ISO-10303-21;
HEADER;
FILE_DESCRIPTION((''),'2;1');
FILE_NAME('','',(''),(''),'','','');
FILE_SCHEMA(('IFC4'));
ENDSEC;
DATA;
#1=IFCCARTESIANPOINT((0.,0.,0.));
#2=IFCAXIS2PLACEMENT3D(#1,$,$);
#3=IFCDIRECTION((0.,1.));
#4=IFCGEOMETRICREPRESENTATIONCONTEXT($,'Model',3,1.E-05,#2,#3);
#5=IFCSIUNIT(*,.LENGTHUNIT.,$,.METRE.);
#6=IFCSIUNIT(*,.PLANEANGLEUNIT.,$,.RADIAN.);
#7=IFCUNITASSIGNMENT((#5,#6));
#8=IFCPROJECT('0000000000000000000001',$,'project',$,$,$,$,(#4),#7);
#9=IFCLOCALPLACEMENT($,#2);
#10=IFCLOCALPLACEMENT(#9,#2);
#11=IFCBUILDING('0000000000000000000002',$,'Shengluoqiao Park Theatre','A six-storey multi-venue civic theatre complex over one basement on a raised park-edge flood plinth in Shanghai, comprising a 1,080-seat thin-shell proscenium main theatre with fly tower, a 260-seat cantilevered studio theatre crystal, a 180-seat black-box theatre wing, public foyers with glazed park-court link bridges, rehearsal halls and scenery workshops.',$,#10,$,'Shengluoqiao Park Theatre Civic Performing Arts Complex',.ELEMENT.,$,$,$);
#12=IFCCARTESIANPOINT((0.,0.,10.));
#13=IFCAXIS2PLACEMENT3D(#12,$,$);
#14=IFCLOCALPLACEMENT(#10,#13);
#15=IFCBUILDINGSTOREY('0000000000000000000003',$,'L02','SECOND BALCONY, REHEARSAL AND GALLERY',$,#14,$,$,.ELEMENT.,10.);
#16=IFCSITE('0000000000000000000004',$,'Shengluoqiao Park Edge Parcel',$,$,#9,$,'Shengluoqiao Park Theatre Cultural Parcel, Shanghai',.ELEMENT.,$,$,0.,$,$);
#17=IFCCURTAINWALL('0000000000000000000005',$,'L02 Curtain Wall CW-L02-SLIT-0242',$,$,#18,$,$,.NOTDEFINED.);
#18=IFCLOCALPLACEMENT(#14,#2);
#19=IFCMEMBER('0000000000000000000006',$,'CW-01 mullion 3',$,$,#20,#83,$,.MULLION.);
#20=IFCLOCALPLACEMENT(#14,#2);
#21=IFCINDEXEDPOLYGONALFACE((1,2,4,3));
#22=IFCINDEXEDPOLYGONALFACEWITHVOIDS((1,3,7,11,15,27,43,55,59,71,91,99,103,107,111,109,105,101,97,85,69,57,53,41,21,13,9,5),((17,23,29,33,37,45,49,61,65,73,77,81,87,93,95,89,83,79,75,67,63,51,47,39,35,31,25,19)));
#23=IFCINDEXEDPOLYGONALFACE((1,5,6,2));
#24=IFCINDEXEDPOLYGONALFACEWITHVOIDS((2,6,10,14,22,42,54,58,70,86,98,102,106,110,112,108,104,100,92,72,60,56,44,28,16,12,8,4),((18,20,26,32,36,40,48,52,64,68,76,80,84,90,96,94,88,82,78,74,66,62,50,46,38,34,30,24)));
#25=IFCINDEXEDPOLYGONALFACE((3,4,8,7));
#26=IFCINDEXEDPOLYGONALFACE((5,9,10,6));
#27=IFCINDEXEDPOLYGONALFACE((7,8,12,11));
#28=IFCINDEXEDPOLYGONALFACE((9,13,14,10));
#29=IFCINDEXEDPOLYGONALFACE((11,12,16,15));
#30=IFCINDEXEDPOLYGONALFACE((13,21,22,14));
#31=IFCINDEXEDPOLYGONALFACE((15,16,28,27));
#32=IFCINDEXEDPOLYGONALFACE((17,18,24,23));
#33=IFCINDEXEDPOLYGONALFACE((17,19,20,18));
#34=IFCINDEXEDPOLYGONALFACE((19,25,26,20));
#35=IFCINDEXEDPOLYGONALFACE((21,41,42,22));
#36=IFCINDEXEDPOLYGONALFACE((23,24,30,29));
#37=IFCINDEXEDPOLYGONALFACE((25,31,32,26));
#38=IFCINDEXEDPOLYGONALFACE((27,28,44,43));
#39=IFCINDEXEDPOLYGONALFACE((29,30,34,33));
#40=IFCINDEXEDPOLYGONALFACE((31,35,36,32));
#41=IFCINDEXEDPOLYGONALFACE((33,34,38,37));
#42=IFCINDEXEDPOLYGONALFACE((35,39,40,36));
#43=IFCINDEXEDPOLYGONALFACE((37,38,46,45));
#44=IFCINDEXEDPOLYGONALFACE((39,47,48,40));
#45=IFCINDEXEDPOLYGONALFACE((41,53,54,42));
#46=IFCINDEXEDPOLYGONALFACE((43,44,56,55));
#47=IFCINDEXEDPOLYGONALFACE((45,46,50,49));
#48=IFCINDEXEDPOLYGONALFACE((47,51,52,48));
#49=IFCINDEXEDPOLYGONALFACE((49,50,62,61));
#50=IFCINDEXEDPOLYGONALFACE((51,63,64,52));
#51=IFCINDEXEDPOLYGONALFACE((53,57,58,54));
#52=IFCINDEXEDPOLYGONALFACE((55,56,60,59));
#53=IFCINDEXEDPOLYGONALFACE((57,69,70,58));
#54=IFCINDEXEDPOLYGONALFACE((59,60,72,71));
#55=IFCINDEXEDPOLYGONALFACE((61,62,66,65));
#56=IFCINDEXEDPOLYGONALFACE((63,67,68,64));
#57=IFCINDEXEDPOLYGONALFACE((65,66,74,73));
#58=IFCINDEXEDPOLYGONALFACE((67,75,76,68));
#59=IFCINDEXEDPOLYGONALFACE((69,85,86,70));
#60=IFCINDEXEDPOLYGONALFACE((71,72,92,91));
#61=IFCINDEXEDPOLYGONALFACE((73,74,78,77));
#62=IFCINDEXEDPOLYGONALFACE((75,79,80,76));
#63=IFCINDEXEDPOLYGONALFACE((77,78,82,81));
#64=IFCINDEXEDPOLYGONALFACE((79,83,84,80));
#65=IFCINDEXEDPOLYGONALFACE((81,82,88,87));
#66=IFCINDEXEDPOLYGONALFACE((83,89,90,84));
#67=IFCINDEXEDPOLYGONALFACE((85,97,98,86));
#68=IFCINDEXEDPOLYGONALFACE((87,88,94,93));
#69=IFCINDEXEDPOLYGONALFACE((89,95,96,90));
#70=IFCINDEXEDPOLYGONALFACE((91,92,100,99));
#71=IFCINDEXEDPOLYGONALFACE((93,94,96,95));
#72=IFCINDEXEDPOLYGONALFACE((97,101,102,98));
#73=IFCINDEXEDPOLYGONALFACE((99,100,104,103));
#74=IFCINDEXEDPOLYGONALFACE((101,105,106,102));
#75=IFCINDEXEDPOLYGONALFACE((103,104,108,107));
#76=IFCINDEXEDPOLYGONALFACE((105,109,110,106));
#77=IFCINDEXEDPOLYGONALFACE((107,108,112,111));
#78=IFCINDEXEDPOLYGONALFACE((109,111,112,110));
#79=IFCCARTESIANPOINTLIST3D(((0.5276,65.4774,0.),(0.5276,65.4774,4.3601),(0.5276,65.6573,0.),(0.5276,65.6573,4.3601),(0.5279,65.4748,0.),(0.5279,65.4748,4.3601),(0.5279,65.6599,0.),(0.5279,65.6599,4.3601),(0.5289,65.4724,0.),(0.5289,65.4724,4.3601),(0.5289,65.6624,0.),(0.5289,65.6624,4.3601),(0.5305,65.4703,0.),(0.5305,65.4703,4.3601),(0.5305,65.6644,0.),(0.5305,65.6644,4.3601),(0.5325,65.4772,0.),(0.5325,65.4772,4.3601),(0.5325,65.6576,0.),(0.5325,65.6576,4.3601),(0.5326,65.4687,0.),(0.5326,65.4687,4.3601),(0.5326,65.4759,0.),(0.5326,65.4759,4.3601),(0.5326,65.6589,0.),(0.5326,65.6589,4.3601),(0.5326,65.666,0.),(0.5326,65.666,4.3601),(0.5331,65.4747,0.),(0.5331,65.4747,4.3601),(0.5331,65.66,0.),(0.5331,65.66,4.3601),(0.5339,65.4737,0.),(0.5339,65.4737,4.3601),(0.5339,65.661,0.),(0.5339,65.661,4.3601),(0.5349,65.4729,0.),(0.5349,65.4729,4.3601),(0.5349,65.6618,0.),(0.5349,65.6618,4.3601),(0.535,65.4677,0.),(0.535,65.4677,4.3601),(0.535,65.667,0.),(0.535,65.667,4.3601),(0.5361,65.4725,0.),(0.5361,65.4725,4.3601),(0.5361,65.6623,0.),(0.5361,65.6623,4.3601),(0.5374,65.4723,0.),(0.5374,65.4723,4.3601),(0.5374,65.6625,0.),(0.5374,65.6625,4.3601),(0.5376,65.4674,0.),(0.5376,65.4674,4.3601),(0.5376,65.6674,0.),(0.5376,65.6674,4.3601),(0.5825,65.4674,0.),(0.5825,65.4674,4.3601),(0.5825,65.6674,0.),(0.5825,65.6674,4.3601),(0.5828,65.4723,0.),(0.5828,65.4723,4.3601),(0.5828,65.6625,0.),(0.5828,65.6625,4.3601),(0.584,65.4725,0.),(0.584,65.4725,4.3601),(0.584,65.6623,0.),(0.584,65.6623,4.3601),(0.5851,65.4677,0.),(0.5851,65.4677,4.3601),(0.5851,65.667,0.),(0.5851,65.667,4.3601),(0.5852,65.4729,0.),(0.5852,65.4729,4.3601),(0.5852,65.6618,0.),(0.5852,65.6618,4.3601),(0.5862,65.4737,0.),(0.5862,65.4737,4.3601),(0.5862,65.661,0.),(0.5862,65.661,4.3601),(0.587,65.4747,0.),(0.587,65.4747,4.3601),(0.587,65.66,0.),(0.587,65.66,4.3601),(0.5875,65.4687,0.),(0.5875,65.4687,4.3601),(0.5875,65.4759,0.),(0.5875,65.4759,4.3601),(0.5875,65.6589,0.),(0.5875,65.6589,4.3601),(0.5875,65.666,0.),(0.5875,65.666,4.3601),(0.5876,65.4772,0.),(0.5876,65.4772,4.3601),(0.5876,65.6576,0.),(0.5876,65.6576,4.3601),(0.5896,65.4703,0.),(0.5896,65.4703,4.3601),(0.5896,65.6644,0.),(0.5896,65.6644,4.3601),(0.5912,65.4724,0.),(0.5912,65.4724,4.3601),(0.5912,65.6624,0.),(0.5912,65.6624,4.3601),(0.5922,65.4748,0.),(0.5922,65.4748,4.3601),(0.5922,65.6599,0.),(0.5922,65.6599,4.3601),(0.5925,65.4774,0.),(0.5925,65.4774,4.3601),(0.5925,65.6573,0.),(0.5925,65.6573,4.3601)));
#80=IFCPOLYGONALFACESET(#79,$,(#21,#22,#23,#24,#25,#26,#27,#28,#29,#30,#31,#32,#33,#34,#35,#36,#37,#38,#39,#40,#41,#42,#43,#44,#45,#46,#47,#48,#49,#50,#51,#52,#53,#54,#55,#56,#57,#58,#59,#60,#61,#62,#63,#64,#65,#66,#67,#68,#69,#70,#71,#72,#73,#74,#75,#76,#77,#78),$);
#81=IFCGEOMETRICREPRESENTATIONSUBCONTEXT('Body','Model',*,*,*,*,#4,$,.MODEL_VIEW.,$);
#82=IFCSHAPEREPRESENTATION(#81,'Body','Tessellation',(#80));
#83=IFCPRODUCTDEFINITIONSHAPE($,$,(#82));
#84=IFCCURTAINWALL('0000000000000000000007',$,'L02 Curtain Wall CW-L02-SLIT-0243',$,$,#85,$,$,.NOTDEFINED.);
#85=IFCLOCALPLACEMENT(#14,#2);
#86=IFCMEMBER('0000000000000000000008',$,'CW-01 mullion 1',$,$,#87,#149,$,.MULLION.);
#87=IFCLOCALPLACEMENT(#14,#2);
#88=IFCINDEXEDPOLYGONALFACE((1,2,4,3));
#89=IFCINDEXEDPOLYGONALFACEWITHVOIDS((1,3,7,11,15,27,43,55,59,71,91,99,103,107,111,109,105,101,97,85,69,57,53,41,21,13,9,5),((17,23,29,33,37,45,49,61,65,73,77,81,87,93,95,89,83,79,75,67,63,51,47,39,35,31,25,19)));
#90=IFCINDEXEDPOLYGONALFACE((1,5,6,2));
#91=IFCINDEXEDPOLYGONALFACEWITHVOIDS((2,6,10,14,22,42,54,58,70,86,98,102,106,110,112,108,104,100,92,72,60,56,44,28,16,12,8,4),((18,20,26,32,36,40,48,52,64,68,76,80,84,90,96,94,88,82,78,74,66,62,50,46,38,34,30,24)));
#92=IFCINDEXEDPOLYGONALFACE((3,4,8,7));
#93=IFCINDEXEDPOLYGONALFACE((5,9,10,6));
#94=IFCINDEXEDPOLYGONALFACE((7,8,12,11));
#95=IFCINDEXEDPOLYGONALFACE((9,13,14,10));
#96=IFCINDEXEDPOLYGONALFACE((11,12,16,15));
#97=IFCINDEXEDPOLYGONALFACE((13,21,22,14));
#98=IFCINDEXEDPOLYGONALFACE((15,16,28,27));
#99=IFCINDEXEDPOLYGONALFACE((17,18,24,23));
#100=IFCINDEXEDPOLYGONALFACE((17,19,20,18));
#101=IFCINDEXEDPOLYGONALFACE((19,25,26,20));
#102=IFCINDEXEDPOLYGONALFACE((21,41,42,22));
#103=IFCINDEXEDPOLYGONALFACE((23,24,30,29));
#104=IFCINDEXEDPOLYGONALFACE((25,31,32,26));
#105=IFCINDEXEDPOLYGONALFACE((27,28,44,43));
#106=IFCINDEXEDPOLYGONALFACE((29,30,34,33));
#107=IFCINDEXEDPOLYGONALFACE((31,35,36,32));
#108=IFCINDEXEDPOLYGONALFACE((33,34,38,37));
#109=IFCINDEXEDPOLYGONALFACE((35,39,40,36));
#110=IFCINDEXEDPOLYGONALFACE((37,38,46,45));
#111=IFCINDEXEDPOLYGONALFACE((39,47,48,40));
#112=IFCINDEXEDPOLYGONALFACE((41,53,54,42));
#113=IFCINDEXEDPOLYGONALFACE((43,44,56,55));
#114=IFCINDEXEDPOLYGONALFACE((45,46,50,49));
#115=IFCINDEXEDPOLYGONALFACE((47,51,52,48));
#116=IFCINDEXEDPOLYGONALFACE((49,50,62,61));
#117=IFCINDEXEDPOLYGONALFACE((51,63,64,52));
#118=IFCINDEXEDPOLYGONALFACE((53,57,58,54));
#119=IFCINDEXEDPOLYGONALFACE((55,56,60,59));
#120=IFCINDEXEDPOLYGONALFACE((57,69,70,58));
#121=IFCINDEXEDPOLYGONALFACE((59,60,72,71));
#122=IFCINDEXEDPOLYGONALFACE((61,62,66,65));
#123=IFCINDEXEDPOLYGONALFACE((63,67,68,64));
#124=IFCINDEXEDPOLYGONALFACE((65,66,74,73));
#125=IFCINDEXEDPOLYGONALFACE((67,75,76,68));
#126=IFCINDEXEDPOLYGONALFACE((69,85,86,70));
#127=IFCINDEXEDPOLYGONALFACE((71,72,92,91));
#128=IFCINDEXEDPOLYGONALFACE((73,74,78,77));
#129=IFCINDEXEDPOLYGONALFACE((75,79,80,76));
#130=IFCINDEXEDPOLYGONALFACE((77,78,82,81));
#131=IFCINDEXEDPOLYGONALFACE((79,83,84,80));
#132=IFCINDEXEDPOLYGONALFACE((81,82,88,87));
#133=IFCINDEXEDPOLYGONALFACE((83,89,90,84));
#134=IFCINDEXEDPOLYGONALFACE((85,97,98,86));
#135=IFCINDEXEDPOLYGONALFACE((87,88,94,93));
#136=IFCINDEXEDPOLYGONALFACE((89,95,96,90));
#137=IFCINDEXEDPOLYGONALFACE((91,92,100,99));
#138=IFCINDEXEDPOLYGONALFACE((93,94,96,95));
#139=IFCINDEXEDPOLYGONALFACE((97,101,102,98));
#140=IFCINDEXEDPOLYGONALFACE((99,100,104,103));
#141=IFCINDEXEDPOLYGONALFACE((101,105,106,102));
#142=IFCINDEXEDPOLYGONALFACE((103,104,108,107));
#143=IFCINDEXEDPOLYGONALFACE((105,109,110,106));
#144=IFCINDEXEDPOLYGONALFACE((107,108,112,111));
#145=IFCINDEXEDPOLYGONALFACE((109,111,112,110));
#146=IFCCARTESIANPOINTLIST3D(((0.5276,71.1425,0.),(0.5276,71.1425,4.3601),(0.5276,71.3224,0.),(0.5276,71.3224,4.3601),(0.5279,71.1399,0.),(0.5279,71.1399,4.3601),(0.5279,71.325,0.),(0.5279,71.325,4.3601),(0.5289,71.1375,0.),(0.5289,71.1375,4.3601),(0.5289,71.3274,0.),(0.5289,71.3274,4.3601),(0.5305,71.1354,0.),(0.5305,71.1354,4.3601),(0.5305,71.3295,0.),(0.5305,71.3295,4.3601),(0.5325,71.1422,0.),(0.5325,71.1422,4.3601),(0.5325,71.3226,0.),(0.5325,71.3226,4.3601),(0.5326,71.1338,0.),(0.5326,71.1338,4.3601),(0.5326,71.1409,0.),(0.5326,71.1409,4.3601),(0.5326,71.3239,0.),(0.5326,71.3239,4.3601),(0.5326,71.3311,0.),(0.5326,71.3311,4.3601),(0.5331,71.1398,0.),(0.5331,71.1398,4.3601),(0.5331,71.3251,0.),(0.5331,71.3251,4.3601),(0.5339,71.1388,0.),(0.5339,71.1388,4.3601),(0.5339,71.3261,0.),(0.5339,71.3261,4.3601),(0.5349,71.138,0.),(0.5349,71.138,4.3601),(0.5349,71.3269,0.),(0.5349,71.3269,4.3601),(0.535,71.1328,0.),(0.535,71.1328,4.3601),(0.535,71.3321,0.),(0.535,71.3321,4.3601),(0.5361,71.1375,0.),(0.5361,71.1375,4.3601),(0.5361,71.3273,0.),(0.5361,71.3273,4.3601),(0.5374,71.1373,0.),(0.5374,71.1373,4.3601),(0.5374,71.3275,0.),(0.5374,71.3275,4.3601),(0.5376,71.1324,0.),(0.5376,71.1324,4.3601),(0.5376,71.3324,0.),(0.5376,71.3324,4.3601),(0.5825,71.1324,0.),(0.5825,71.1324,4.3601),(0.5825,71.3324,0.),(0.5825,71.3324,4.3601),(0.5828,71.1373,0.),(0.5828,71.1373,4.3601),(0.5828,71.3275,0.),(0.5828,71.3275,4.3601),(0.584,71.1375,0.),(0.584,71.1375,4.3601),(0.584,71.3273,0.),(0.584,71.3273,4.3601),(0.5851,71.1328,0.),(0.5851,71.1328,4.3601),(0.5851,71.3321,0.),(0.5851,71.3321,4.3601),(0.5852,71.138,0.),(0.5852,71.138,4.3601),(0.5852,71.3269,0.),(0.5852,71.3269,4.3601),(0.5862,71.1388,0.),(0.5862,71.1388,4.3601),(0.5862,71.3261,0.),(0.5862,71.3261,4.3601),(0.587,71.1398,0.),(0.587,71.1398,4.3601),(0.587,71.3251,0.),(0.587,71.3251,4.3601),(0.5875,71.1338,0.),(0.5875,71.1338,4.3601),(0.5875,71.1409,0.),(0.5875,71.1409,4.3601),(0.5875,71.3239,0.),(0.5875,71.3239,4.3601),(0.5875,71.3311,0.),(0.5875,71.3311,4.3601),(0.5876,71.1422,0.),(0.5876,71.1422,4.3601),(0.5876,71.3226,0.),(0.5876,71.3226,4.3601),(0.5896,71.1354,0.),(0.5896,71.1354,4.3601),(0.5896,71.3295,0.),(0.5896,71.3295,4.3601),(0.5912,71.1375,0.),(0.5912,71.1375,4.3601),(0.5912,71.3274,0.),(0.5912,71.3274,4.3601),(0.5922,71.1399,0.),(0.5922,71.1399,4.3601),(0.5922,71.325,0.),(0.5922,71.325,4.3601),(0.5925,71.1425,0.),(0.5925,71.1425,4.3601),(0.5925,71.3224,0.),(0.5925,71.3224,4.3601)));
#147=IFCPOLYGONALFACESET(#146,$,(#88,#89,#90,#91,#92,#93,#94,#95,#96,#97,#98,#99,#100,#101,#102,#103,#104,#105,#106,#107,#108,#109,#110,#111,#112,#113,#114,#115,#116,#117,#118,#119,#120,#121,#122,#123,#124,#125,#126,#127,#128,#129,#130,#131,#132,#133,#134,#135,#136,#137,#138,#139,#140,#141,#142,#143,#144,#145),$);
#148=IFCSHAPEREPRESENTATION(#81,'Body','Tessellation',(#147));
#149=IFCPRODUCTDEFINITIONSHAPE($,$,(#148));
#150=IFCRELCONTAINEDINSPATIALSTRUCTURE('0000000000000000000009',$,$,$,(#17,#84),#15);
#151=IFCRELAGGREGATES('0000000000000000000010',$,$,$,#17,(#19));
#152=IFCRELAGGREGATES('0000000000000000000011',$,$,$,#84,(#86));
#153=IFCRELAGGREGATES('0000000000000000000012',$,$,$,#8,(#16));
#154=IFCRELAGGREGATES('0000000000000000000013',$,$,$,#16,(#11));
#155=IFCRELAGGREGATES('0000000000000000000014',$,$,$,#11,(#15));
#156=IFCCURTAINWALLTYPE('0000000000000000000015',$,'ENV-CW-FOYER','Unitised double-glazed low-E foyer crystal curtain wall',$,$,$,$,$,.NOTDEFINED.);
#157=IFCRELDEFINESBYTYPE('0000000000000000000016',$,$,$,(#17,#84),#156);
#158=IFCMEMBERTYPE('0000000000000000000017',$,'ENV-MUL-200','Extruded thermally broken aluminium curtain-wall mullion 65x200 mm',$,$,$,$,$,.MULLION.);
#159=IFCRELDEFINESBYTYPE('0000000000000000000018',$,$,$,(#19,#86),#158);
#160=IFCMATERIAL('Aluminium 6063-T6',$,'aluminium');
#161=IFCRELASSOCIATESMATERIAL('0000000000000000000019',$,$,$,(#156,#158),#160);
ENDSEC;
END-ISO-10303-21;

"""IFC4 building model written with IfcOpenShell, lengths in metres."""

from ifc_helpers import new_model, si_unit, direction, frame, origin, origin_2d, place, context, subcontext, project, spatial, hollow_rectangle, extrude, material, material_profile, profile_set, type_object, element, aggregate, save


model = new_model("IFC4")

# Units and contexts
model_context = context("Model", 3, precision=1e-05, world=origin(), true_north=direction((0.0, 1.0)))
body_context = subcontext(model_context, "Body", "Model", "MODEL_VIEW")
ifc_project = project(units=[si_unit("LENGTHUNIT", "METRE"), si_unit("PLANEANGLEUNIT", "RADIAN")], contexts=[model_context])

# Site, building, storey
site_placement = place(None, origin())
site = spatial("IfcSite", under=ifc_project, at=site_placement, Name="Shengluoqiao Park Edge Parcel", LongName="Shengluoqiao Park Theatre Cultural Parcel, Shanghai", CompositionType="ELEMENT", RefElevation=0.0)
building_placement = place(site_placement, origin())
building = spatial("IfcBuilding", under=site, at=building_placement, Name="Shengluoqiao Park Theatre", Description="A six-storey multi-venue civic theatre complex over one basement on a raised park-edge flood plinth in Shanghai, comprising a 1,080-seat thin-shell proscenium main theatre with fly tower, a 260-seat cantilevered studio theatre crystal, a 180-seat black-box theatre wing, public foyers with glazed park-court link bridges, rehearsal halls and scenery workshops.", LongName="Shengluoqiao Park Theatre Civic Performing Arts Complex", CompositionType="ELEMENT")
storey_placement = place(building_placement, frame((0.0, 0.0, 10.0)))
storey = spatial("IfcBuildingStorey", under=building, at=storey_placement, Name="L02", Description="SECOND BALCONY, REHEARSAL AND GALLERY", CompositionType="ELEMENT", Elevation=10.0)

# Curtain wall, member
ifc_material_1 = material(Name="Aluminium 6063-T6", Category="aluminium")
curtain_wall_type = type_object("IfcCurtainWallType", Name="ENV-CW-FOYER", Description="Unitised double-glazed low-E foyer crystal curtain wall", PredefinedType="NOTDEFINED", material=ifc_material_1)
curtain_wall_1_placement = place(storey_placement, origin())
curtain_wall_1 = element("IfcCurtainWall", 1, at=curtain_wall_1_placement, inside=storey, type_object=curtain_wall_type, Name="L02 Curtain Wall CW-L02-SLIT-0242", PredefinedType="NOTDEFINED")
ifc_material_profile_1 = material_profile(ifc_material_1, hollow_rectangle(XDim=0.0649, YDim=0.2, WallThickness=0.0049, InnerFilletRadius=0.0049, OuterFilletRadius=0.01, at=origin_2d()), Name="ALU MULLION 200x65x5")
ifc_profile_set_1 = profile_set([ifc_material_profile_1], Name="Aluminium 6063-T6")
member_type_1 = type_object("IfcMemberType", Name="ENV-MUL-200", Description="Extruded thermally broken aluminium curtain-wall mullion 65x200 mm", PredefinedType="MULLION", material=ifc_profile_set_1)
member_1_placement = place(storey_placement, frame((0.5601, 65.5674, 0.0), z_axis=(0.0, 0.0, 1.0), x_axis=(-1.0, 0.0, 0.0)))
member_1 = element("IfcMember", 2, at=member_1_placement, type_object=member_type_1, Name="CW-01 mullion 3", PredefinedType="MULLION", context=body_context, shape_type="SweptSolid", body=[
    extrude(hollow_rectangle(XDim=0.0649, YDim=0.2, WallThickness=0.0049, InnerFilletRadius=0.0049, OuterFilletRadius=0.01, at=origin_2d()), origin(), (0.0, 0.0, 1.0), 4.3601),
])

# Curtain wall, member
curtain_wall_2_placement = place(storey_placement, origin())
curtain_wall_2 = element("IfcCurtainWall", 3, at=curtain_wall_2_placement, inside=storey, type_object=curtain_wall_type, Name="L02 Curtain Wall CW-L02-SLIT-0243", PredefinedType="NOTDEFINED")
member_2_placement = place(storey_placement, frame((0.5601, 71.2324, 0.0), z_axis=(0.0, 0.0, 1.0), x_axis=(-1.0, 0.0, 0.0)))
member_2 = element("IfcMember", 4, at=member_2_placement, type_object=member_type_1, Name="CW-01 mullion 1", PredefinedType="MULLION", context=body_context, shape_type="SweptSolid", body=[
    extrude(hollow_rectangle(XDim=0.0649, YDim=0.2, WallThickness=0.0049, InnerFilletRadius=0.0049, OuterFilletRadius=0.01, at=origin_2d()), origin(), (0.0, 0.0, 1.0), 4.3601),
])

aggregate(curtain_wall_1, [member_1])
aggregate(curtain_wall_2, [member_2])

save(model, "model.ifc")
